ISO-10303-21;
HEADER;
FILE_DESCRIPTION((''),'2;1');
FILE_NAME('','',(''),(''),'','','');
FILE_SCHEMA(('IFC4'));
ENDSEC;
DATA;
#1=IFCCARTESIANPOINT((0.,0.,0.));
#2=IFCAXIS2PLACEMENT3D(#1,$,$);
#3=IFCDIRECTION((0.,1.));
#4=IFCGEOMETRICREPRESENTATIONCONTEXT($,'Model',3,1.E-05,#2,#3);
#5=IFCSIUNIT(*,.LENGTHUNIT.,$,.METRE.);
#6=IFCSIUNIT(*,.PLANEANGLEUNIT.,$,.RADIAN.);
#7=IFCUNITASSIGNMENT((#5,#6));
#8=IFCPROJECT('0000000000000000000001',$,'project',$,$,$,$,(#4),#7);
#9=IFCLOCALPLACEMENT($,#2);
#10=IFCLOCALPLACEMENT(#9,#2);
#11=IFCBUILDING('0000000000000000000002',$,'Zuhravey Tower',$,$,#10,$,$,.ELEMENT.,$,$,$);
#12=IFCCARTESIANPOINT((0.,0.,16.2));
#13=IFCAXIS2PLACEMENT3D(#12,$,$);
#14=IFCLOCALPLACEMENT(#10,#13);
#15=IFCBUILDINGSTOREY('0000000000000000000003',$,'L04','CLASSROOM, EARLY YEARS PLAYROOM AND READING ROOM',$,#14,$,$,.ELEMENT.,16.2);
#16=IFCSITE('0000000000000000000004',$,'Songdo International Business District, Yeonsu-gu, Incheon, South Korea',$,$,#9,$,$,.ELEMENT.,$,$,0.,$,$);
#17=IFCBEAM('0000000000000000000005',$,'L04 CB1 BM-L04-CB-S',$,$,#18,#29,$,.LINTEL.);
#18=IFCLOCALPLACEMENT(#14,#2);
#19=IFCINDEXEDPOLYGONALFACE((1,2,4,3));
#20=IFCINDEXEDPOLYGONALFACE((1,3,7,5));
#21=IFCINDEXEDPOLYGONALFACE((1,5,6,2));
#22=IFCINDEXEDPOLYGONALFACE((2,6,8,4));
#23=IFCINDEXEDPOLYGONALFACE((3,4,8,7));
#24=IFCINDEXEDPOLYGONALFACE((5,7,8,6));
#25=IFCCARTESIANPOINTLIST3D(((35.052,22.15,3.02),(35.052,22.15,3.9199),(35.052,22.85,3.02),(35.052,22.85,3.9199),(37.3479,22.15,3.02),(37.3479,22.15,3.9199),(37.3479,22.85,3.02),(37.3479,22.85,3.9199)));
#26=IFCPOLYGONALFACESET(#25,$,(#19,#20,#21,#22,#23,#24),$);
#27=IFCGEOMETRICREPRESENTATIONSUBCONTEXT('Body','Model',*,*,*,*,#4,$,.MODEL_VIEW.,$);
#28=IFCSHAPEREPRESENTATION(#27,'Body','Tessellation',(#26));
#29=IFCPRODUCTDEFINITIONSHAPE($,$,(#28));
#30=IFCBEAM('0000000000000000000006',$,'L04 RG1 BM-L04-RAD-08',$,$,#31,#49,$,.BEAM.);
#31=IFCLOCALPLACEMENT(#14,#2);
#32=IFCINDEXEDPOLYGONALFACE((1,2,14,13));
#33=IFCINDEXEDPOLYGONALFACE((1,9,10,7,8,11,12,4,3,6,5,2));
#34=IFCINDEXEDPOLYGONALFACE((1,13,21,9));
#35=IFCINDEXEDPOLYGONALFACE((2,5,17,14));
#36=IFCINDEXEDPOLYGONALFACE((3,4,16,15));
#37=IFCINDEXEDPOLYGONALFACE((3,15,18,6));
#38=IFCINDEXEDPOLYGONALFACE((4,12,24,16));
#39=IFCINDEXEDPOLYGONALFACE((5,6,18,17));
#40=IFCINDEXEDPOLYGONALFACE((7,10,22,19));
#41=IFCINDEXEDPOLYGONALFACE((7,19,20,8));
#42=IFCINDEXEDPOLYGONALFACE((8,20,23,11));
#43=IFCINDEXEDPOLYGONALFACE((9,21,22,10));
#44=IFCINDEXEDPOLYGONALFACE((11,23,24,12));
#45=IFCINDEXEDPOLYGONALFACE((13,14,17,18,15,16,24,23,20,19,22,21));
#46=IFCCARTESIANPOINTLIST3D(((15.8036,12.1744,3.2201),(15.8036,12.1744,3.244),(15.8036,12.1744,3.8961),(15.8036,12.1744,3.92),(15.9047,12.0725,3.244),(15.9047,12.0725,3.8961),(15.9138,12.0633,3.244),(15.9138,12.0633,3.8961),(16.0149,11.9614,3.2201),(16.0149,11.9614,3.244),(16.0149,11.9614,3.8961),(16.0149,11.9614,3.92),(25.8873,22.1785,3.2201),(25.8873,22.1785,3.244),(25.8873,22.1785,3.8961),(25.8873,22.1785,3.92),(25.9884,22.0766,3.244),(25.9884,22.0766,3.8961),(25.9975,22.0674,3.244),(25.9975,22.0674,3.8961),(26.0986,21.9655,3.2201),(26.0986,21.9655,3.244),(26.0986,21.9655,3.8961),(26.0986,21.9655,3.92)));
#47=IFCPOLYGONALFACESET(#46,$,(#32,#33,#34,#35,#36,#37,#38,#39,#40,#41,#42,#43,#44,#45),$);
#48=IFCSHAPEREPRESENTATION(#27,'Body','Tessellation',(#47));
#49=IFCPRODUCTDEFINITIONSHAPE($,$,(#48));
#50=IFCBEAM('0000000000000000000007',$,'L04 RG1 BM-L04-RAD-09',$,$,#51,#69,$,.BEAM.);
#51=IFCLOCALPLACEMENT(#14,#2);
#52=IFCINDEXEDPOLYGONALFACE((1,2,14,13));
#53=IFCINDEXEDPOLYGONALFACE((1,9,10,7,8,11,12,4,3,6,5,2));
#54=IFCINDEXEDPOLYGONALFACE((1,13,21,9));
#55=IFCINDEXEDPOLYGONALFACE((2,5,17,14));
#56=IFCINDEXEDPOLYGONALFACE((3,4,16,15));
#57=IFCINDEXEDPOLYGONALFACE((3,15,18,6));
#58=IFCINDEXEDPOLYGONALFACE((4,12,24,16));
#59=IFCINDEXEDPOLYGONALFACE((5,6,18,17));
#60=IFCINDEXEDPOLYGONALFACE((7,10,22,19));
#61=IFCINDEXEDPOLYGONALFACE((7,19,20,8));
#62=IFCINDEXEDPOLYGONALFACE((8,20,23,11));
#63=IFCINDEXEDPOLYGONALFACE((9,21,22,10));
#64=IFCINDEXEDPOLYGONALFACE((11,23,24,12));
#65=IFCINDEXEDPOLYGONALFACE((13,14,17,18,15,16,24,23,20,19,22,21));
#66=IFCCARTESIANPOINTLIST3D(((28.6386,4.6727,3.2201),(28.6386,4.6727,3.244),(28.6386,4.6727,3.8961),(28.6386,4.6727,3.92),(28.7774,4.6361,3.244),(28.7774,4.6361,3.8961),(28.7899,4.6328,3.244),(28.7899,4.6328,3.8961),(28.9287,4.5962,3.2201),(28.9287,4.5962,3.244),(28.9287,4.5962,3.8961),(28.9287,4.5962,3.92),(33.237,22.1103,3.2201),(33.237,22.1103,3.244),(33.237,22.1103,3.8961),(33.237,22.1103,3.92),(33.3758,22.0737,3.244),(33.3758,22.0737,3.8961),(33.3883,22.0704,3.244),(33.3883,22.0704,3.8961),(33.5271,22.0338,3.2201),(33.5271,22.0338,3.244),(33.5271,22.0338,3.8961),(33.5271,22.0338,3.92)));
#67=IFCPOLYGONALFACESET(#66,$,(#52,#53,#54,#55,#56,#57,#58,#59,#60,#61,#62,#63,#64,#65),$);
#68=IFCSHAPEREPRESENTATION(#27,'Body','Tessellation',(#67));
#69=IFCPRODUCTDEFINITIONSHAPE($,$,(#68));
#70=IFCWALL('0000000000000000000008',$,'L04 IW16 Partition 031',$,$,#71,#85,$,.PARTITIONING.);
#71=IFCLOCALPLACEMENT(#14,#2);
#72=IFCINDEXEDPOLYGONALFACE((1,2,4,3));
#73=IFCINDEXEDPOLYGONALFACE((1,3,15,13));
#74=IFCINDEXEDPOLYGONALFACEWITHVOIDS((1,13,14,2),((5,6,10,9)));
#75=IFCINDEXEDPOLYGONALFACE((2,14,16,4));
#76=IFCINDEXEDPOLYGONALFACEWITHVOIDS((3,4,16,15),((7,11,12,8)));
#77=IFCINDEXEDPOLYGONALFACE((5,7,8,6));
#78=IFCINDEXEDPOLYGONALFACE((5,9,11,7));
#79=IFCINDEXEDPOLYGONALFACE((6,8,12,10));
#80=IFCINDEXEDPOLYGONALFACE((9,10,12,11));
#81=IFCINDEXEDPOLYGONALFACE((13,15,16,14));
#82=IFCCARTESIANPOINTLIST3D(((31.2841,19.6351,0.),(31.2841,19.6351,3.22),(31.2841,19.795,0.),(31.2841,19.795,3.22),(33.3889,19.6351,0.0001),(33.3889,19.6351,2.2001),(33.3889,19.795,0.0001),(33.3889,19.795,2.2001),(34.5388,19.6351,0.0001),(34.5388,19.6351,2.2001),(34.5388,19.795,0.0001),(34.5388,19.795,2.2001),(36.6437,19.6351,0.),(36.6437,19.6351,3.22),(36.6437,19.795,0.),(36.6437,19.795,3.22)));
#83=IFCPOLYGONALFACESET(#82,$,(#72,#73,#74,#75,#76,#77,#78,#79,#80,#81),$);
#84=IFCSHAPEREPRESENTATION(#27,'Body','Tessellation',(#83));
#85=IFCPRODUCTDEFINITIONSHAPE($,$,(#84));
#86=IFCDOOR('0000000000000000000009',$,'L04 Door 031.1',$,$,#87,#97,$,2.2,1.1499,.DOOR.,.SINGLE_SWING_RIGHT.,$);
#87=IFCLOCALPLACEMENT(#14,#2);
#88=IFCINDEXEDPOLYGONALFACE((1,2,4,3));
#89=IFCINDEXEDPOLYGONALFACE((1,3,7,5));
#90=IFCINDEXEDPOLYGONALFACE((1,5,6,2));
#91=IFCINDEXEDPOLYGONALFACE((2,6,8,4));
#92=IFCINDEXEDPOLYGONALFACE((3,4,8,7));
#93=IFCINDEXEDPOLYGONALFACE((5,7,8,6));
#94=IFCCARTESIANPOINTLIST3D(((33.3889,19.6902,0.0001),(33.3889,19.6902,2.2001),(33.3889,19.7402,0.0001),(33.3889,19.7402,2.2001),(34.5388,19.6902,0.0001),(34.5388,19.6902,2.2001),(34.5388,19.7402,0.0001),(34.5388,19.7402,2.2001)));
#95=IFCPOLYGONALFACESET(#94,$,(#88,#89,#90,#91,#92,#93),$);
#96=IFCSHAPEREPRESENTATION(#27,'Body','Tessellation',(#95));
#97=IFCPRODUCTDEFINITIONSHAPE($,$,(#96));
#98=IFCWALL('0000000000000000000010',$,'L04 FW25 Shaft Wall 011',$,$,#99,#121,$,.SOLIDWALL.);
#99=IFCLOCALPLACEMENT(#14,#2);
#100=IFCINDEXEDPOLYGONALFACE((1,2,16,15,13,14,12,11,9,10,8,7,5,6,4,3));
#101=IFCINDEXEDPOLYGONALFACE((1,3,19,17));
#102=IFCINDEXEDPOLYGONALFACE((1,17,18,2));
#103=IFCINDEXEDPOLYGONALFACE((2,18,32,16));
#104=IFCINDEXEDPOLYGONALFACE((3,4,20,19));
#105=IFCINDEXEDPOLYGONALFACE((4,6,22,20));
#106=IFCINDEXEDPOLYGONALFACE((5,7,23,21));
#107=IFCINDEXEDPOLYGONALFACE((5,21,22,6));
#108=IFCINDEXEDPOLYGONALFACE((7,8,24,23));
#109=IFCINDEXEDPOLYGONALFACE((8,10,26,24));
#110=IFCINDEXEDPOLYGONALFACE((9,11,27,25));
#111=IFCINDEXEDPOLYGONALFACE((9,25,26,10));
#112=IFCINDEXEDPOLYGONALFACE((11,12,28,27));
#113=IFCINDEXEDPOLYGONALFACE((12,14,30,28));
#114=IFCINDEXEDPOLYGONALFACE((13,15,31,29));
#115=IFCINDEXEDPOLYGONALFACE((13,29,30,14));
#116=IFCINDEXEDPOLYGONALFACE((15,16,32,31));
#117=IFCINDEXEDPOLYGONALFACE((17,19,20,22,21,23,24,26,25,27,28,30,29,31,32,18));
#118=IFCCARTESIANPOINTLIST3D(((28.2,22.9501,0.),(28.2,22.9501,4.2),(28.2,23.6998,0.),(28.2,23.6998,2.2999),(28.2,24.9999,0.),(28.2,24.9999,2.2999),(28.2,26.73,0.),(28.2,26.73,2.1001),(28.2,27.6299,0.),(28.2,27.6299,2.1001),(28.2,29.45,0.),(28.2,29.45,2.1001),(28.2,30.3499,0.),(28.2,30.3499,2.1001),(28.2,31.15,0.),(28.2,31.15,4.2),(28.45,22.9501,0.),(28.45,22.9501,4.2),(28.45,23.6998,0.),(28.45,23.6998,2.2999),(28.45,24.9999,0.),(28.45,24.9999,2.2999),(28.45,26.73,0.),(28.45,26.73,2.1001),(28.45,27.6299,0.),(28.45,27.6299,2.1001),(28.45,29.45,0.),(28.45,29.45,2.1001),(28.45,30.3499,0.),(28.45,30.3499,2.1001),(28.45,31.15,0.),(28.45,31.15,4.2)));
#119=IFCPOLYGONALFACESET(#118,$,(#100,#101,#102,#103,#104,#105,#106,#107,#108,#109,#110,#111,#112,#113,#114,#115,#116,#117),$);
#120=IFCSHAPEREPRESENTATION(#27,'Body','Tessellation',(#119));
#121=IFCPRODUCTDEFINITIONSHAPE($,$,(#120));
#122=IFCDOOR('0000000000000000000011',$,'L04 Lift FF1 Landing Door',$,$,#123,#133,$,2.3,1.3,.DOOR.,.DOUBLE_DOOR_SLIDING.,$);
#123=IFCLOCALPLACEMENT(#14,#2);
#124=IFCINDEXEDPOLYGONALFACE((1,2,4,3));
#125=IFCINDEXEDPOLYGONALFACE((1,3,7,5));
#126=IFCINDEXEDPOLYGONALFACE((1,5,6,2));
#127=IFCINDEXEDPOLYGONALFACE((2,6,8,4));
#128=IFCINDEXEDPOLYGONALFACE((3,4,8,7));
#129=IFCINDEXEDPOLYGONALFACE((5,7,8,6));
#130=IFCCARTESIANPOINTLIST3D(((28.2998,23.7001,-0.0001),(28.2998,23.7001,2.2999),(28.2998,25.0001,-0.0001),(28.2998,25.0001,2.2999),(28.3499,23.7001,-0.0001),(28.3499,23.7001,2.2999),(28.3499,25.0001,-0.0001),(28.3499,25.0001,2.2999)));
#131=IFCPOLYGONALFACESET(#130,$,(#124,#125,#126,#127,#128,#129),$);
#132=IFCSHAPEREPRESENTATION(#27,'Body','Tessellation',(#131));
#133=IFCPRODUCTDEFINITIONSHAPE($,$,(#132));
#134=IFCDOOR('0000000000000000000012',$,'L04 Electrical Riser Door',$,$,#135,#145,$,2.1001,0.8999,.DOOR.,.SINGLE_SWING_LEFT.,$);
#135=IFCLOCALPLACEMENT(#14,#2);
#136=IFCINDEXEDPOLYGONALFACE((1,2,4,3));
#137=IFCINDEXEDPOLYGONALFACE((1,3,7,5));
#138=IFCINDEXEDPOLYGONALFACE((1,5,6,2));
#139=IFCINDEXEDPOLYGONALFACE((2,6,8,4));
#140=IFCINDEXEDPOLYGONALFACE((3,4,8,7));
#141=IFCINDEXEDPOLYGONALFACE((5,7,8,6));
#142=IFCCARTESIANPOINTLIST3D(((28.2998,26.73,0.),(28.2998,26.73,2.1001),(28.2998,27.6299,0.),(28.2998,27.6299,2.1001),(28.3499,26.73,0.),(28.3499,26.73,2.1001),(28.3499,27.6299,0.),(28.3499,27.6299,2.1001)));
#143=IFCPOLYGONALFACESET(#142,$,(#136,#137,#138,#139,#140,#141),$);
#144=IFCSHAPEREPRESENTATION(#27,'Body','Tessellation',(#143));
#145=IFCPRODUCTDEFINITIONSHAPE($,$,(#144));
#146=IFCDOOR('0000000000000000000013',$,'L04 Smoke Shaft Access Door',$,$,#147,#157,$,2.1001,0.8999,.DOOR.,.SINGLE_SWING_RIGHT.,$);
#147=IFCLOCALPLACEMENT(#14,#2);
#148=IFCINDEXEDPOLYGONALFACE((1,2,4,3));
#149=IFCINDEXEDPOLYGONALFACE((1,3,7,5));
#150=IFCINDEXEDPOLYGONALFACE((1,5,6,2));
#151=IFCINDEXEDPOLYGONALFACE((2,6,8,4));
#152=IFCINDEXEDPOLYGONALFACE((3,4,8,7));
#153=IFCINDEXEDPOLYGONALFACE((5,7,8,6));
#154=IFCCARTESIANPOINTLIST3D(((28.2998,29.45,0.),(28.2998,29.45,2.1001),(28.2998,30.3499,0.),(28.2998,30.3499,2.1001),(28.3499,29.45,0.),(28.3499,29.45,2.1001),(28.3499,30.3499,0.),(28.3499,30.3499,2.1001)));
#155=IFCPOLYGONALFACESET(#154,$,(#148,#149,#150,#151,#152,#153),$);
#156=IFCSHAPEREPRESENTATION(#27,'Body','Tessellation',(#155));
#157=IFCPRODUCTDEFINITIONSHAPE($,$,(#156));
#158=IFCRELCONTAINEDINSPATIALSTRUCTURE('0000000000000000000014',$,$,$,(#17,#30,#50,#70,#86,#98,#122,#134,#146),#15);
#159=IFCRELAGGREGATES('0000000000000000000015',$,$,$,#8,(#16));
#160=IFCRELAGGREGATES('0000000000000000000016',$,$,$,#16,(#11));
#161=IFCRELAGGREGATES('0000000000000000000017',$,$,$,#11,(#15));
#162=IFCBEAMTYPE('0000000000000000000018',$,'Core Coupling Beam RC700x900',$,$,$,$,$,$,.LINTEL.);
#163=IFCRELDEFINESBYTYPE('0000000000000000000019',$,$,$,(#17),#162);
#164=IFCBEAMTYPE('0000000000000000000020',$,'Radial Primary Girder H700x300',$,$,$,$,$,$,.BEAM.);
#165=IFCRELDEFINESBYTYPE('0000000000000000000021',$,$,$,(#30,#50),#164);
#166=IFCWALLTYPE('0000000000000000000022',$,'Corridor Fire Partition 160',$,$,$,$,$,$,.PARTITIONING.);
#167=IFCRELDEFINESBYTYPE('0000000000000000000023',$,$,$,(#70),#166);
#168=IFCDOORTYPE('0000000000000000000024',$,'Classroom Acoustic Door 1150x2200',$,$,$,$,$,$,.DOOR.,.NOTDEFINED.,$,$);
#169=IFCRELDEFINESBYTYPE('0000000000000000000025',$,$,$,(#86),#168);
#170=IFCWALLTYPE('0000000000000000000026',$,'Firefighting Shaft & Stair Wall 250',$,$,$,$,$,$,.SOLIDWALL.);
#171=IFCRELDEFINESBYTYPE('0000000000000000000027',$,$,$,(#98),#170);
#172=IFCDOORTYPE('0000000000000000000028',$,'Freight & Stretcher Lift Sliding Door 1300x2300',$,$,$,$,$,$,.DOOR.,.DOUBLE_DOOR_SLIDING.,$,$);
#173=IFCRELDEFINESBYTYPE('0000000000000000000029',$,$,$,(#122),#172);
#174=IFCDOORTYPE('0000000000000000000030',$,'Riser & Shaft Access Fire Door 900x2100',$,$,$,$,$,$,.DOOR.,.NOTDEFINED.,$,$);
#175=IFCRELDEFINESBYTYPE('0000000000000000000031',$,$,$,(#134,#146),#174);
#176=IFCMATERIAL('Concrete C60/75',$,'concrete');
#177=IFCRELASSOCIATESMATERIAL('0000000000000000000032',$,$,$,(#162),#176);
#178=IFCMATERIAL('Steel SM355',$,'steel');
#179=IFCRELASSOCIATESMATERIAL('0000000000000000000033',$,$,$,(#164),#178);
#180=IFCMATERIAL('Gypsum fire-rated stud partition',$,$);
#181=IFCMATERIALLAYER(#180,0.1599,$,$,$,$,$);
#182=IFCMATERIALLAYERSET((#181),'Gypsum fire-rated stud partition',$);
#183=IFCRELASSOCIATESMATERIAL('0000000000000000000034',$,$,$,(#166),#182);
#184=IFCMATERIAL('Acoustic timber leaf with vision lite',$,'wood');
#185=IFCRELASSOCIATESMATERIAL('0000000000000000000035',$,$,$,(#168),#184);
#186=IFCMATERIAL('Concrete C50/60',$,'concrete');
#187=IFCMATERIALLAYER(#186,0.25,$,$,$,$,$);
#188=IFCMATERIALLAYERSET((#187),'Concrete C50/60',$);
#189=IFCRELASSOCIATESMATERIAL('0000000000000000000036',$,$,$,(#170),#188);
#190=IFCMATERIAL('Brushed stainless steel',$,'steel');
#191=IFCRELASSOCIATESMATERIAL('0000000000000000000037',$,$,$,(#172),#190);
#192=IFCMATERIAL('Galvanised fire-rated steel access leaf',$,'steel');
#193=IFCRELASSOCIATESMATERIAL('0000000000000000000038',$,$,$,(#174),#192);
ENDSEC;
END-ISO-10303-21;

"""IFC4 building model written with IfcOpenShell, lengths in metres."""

from ifc_helpers import new_model, si_unit, direction, frame, frame_2d, origin, origin_2d, place, context, subcontext, project, spatial, rectangle, i_section, extrude, material, layer, layer_set, material_profile, profile_set, type_object, element, fill, save


model = new_model("IFC4")

# Units and contexts
model_context = context("Model", 3, precision=1e-05, world=origin(), true_north=direction((0.0, 1.0)))
body_context = subcontext(model_context, "Body", "Model", "MODEL_VIEW")
ifc_project = project(units=[si_unit("LENGTHUNIT", "METRE"), si_unit("PLANEANGLEUNIT", "RADIAN")], contexts=[model_context])

# Site, building, storey
site_placement = place(None, origin())
site = spatial("IfcSite", under=ifc_project, at=site_placement, Name="Songdo International Business District, Yeonsu-gu, Incheon, South Korea", CompositionType="ELEMENT", RefElevation=0.0)
building_placement = place(site_placement, origin())
building = spatial("IfcBuilding", under=site, at=building_placement, Name="Zuhravey Tower", CompositionType="ELEMENT")
storey_placement = place(building_placement, frame((0.0, 0.0, 16.2)))
storey = spatial("IfcBuildingStorey", under=building, at=storey_placement, Name="L04", Description="CLASSROOM, EARLY YEARS PLAYROOM AND READING ROOM", CompositionType="ELEMENT", Elevation=16.2)

# Beams
ifc_material_1 = material(Name="Concrete C60/75", Category="concrete")
ifc_material_profile_1 = material_profile(ifc_material_1, rectangle(XDim=0.7, YDim=0.8999, at=origin_2d()), Name="RC-700x900")
ifc_profile_set_1 = profile_set([ifc_material_profile_1], Name="Concrete C60/75")
beam_type_1 = type_object("IfcBeamType", Name="Core Coupling Beam RC700x900", PredefinedType="LINTEL", material=ifc_profile_set_1)
beam_1_placement = place(storey_placement, frame((35.052, 22.5, 3.47), z_axis=(1.0, 0.0, 0.0), x_axis=(0.0, 1.0, 0.0)))
element("IfcBeam", 1, at=beam_1_placement, inside=storey, type_object=beam_type_1, Name="L04 CB1 BM-L04-CB-S", PredefinedType="LINTEL", context=body_context, shape_type="SweptSolid", body=[
    extrude(rectangle(XDim=0.7, YDim=0.8999, at=origin_2d()), origin(), (0.0, 0.0, 1.0), 2.2959),
])
ifc_material_2 = material(Name="Steel SM355", Category="steel")
ifc_material_profile_2 = material_profile(ifc_material_2, i_section(OverallWidth=0.3, OverallDepth=0.7, WebThickness=0.0129, FlangeThickness=0.0239, at=origin_2d()), Name="H-700x300x13x24")
ifc_profile_set_2 = profile_set([ifc_material_profile_2], Name="Steel SM355")
beam_type_2 = type_object("IfcBeamType", Name="Radial Primary Girder H700x300", PredefinedType="BEAM", material=ifc_profile_set_2)
beam_2_placement = place(storey_placement, frame((25.9929, 22.072, 3.5701), z_axis=(-0.709903, -0.7043, 0.0), x_axis=(0.7043, -0.709903, 0.0)))
element("IfcBeam", 2, at=beam_2_placement, inside=storey, type_object=beam_type_2, Name="L04 RG1 BM-L04-RAD-08", PredefinedType="BEAM", context=body_context, shape_type="SweptSolid", body=[
    extrude(i_section(OverallWidth=0.3, OverallDepth=0.7, WebThickness=0.0129, FlangeThickness=0.0239, at=origin_2d()), origin(), (0.0, 0.0, 1.0), 14.2043),
])
beam_3_placement = place(storey_placement, frame((33.3821, 22.072, 3.5701), z_axis=(-0.25499, -0.966944, 0.0), x_axis=(0.966944, -0.25499, 0.0)))
element("IfcBeam", 3, at=beam_3_placement, inside=storey, type_object=beam_type_2, Name="L04 RG1 BM-L04-RAD-09", PredefinedType="BEAM", context=body_context, shape_type="SweptSolid", body=[
    extrude(i_section(OverallWidth=0.3, OverallDepth=0.7, WebThickness=0.0129, FlangeThickness=0.0239, at=origin_2d()), origin(), (0.0, 0.0, 1.0), 18.0337),
])

# Wall, opening, door
ifc_material_3 = material(Name="Gypsum fire-rated stud partition")
ifc_layer_1 = layer(ifc_material_3, 0.1599)
ifc_layer_set_1 = layer_set([ifc_layer_1], Name="Gypsum fire-rated stud partition")
wall_type_1 = type_object("IfcWallType", Name="Corridor Fire Partition 160", PredefinedType="PARTITIONING", material=ifc_layer_set_1)
wall_1_placement = place(storey_placement, frame((31.2842, 19.7151, 0.0), z_axis=(0.0, 0.0, 1.0), x_axis=(1.0, 0.0, 0.0)))
wall_1 = element("IfcWall", 4, at=wall_1_placement, inside=storey, type_object=wall_type_1, Name="L04 IW16 Partition 031", PredefinedType="PARTITIONING", context=body_context, shape_type="SweptSolid", body=[
    extrude(rectangle(XDim=5.3596, YDim=0.1599, at=frame_2d((2.6797, 0.0))), origin(), (0.0, 0.0, 1.0), 3.22),
])
opening_1_placement = place(wall_1_placement, frame((2.1047, 0.0, 0.0)))
opening_1 = element("IfcOpeningElement", 5, at=opening_1_placement, cuts=wall_1, PredefinedType="OPENING", context=body_context, shape_type="SweptSolid", body=[
    extrude(rectangle(XDim=1.1499, YDim=2.2, at=frame_2d((0.575, 1.1001))), frame((0.0, 0.092, 0.0), z_axis=(0.0, -1.0, 0.0), x_axis=(1.0, 0.0, 0.0)), (0.0, 0.0, 1.0), 0.1838),
])
ifc_material_4 = material(Name="Acoustic timber leaf with vision lite", Category="wood")
door_type_1 = type_object("IfcDoorType", Name="Classroom Acoustic Door 1150x2200", OperationType="NOTDEFINED", PredefinedType="DOOR", material=ifc_material_4)
door_1_placement = place(opening_1_placement, frame((1.1499, 0.0, 0.0), z_axis=(0.0, 0.0, 1.0), x_axis=(-1.0, 0.0, 0.0)))
door_1 = element("IfcDoor", 6, at=door_1_placement, inside=storey, type_object=door_type_1, Name="L04 Door 031.1", OperationType="SINGLE_SWING_RIGHT", OverallHeight=2.2, OverallWidth=1.1499, PredefinedType="DOOR", context=body_context, shape_type="SweptSolid", body=[
    extrude(rectangle(XDim=1.1499, YDim=2.2, at=frame_2d((0.575, 1.1001))), frame((0.0, 0.0249, 0.0), z_axis=(0.0, -1.0, 0.0), x_axis=(1.0, 0.0, 0.0)), (0.0, 0.0, 1.0), 0.05),
])
fill(opening_1, door_1)
ifc_material_5 = material(Name="Concrete C50/60", Category="concrete")
ifc_layer_2 = layer(ifc_material_5, 0.25)
ifc_layer_set_2 = layer_set([ifc_layer_2], Name="Concrete C50/60")
wall_type_2 = type_object("IfcWallType", Name="Firefighting Shaft & Stair Wall 250", PredefinedType="SOLIDWALL", material=ifc_layer_set_2)

# Wall, openings, doors
wall_2_placement = place(storey_placement, frame((28.325, 22.95, 0.0), z_axis=(0.0, 0.0, 1.0), x_axis=(0.0, 1.0, 0.0)))
wall_2 = element("IfcWall", 7, at=wall_2_placement, inside=storey, type_object=wall_type_2, Name="L04 FW25 Shaft Wall 011", PredefinedType="SOLIDWALL", context=body_context, shape_type="SweptSolid", body=[
    extrude(rectangle(XDim=8.2, YDim=0.25, at=frame_2d((4.1001, 0.0))), origin(), (0.0, 0.0, 1.0), 4.2),
])
opening_2_placement = place(wall_2_placement, frame((0.75, 0.0, 0.0)))
opening_2 = element("IfcOpeningElement", 8, at=opening_2_placement, cuts=wall_2, PredefinedType="OPENING", context=body_context, shape_type="SweptSolid", body=[
    extrude(rectangle(XDim=1.3, YDim=2.3, at=frame_2d((0.6499, 1.1499))), frame((0.0, 0.137, 0.0), z_axis=(0.0, -1.0, 0.0), x_axis=(1.0, 0.0, 0.0)), (0.0, 0.0, 1.0), 0.2739),
])
opening_3_placement = place(wall_2_placement, frame((3.78, 0.0, 0.0)))
opening_3 = element("IfcOpeningElement", 9, at=opening_3_placement, cuts=wall_2, PredefinedType="OPENING", context=body_context, shape_type="SweptSolid", body=[
    extrude(rectangle(XDim=0.8999, YDim=2.1001, at=frame_2d((0.45, 1.05))), frame((0.0, 0.137, 0.0), z_axis=(0.0, -1.0, 0.0), x_axis=(1.0, 0.0, 0.0)), (0.0, 0.0, 1.0), 0.2739),
])
opening_4_placement = place(wall_2_placement, frame((6.5, 0.0, 0.0)))
opening_4 = element("IfcOpeningElement", 10, at=opening_4_placement, cuts=wall_2, PredefinedType="OPENING", context=body_context, shape_type="SweptSolid", body=[
    extrude(rectangle(XDim=0.8999, YDim=2.1001, at=frame_2d((0.45, 1.05))), frame((0.0, 0.137, 0.0), z_axis=(0.0, -1.0, 0.0), x_axis=(1.0, 0.0, 0.0)), (0.0, 0.0, 1.0), 0.2739),
])
ifc_material_6 = material(Name="Brushed stainless steel", Category="steel")
door_type_2 = type_object("IfcDoorType", Name="Freight & Stretcher Lift Sliding Door 1300x2300", OperationType="DOUBLE_DOOR_SLIDING", PredefinedType="DOOR", material=ifc_material_6)
door_2_placement = place(opening_2_placement, frame((1.3, 0.0, 0.0), z_axis=(0.0, 0.0, 1.0), x_axis=(-1.0, 0.0, 0.0)))
door_2 = element("IfcDoor", 11, at=door_2_placement, inside=storey, type_object=door_type_2, Name="L04 Lift FF1 Landing Door", OperationType="DOUBLE_DOOR_SLIDING", OverallHeight=2.3, OverallWidth=1.3, PredefinedType="DOOR", context=body_context, shape_type="SweptSolid", body=[
    extrude(rectangle(XDim=1.3, YDim=2.3, at=frame_2d((0.6499, 1.1499))), frame((0.0, 0.0249, 0.0), z_axis=(0.0, -1.0, 0.0), x_axis=(1.0, 0.0, 0.0)), (0.0, 0.0, 1.0), 0.05),
])
fill(opening_2, door_2)
ifc_material_7 = material(Name="Galvanised fire-rated steel access leaf", Category="steel")
door_type_3 = type_object("IfcDoorType", Name="Riser & Shaft Access Fire Door 900x2100", OperationType="NOTDEFINED", PredefinedType="DOOR", material=ifc_material_7)
door_3_placement = place(opening_3_placement, frame((0.8999, 0.0, 0.0), z_axis=(0.0, 0.0, 1.0), x_axis=(-1.0, 0.0, 0.0)))
door_3 = element("IfcDoor", 12, at=door_3_placement, inside=storey, type_object=door_type_3, Name="L04 Electrical Riser Door", OperationType="SINGLE_SWING_LEFT", OverallHeight=2.1001, OverallWidth=0.8999, PredefinedType="DOOR", context=body_context, shape_type="SweptSolid", body=[
    extrude(rectangle(XDim=0.8999, YDim=2.1001, at=frame_2d((0.45, 1.05))), frame((0.0, 0.0249, 0.0), z_axis=(0.0, -1.0, 0.0), x_axis=(1.0, 0.0, 0.0)), (0.0, 0.0, 1.0), 0.05),
])
fill(opening_3, door_3)
door_4_placement = place(opening_4_placement, frame((0.8999, 0.0, 0.0), z_axis=(0.0, 0.0, 1.0), x_axis=(-1.0, 0.0, 0.0)))
door_4 = element("IfcDoor", 13, at=door_4_placement, inside=storey, type_object=door_type_3, Name="L04 Smoke Shaft Access Door", OperationType="SINGLE_SWING_RIGHT", OverallHeight=2.1001, OverallWidth=0.8999, PredefinedType="DOOR", context=body_context, shape_type="SweptSolid", body=[
    extrude(rectangle(XDim=0.8999, YDim=2.1001, at=frame_2d((0.45, 1.05))), frame((0.0, 0.0249, 0.0), z_axis=(0.0, -1.0, 0.0), x_axis=(1.0, 0.0, 0.0)), (0.0, 0.0, 1.0), 0.05),
])
fill(opening_4, door_4)

save(model, "model.ifc")
